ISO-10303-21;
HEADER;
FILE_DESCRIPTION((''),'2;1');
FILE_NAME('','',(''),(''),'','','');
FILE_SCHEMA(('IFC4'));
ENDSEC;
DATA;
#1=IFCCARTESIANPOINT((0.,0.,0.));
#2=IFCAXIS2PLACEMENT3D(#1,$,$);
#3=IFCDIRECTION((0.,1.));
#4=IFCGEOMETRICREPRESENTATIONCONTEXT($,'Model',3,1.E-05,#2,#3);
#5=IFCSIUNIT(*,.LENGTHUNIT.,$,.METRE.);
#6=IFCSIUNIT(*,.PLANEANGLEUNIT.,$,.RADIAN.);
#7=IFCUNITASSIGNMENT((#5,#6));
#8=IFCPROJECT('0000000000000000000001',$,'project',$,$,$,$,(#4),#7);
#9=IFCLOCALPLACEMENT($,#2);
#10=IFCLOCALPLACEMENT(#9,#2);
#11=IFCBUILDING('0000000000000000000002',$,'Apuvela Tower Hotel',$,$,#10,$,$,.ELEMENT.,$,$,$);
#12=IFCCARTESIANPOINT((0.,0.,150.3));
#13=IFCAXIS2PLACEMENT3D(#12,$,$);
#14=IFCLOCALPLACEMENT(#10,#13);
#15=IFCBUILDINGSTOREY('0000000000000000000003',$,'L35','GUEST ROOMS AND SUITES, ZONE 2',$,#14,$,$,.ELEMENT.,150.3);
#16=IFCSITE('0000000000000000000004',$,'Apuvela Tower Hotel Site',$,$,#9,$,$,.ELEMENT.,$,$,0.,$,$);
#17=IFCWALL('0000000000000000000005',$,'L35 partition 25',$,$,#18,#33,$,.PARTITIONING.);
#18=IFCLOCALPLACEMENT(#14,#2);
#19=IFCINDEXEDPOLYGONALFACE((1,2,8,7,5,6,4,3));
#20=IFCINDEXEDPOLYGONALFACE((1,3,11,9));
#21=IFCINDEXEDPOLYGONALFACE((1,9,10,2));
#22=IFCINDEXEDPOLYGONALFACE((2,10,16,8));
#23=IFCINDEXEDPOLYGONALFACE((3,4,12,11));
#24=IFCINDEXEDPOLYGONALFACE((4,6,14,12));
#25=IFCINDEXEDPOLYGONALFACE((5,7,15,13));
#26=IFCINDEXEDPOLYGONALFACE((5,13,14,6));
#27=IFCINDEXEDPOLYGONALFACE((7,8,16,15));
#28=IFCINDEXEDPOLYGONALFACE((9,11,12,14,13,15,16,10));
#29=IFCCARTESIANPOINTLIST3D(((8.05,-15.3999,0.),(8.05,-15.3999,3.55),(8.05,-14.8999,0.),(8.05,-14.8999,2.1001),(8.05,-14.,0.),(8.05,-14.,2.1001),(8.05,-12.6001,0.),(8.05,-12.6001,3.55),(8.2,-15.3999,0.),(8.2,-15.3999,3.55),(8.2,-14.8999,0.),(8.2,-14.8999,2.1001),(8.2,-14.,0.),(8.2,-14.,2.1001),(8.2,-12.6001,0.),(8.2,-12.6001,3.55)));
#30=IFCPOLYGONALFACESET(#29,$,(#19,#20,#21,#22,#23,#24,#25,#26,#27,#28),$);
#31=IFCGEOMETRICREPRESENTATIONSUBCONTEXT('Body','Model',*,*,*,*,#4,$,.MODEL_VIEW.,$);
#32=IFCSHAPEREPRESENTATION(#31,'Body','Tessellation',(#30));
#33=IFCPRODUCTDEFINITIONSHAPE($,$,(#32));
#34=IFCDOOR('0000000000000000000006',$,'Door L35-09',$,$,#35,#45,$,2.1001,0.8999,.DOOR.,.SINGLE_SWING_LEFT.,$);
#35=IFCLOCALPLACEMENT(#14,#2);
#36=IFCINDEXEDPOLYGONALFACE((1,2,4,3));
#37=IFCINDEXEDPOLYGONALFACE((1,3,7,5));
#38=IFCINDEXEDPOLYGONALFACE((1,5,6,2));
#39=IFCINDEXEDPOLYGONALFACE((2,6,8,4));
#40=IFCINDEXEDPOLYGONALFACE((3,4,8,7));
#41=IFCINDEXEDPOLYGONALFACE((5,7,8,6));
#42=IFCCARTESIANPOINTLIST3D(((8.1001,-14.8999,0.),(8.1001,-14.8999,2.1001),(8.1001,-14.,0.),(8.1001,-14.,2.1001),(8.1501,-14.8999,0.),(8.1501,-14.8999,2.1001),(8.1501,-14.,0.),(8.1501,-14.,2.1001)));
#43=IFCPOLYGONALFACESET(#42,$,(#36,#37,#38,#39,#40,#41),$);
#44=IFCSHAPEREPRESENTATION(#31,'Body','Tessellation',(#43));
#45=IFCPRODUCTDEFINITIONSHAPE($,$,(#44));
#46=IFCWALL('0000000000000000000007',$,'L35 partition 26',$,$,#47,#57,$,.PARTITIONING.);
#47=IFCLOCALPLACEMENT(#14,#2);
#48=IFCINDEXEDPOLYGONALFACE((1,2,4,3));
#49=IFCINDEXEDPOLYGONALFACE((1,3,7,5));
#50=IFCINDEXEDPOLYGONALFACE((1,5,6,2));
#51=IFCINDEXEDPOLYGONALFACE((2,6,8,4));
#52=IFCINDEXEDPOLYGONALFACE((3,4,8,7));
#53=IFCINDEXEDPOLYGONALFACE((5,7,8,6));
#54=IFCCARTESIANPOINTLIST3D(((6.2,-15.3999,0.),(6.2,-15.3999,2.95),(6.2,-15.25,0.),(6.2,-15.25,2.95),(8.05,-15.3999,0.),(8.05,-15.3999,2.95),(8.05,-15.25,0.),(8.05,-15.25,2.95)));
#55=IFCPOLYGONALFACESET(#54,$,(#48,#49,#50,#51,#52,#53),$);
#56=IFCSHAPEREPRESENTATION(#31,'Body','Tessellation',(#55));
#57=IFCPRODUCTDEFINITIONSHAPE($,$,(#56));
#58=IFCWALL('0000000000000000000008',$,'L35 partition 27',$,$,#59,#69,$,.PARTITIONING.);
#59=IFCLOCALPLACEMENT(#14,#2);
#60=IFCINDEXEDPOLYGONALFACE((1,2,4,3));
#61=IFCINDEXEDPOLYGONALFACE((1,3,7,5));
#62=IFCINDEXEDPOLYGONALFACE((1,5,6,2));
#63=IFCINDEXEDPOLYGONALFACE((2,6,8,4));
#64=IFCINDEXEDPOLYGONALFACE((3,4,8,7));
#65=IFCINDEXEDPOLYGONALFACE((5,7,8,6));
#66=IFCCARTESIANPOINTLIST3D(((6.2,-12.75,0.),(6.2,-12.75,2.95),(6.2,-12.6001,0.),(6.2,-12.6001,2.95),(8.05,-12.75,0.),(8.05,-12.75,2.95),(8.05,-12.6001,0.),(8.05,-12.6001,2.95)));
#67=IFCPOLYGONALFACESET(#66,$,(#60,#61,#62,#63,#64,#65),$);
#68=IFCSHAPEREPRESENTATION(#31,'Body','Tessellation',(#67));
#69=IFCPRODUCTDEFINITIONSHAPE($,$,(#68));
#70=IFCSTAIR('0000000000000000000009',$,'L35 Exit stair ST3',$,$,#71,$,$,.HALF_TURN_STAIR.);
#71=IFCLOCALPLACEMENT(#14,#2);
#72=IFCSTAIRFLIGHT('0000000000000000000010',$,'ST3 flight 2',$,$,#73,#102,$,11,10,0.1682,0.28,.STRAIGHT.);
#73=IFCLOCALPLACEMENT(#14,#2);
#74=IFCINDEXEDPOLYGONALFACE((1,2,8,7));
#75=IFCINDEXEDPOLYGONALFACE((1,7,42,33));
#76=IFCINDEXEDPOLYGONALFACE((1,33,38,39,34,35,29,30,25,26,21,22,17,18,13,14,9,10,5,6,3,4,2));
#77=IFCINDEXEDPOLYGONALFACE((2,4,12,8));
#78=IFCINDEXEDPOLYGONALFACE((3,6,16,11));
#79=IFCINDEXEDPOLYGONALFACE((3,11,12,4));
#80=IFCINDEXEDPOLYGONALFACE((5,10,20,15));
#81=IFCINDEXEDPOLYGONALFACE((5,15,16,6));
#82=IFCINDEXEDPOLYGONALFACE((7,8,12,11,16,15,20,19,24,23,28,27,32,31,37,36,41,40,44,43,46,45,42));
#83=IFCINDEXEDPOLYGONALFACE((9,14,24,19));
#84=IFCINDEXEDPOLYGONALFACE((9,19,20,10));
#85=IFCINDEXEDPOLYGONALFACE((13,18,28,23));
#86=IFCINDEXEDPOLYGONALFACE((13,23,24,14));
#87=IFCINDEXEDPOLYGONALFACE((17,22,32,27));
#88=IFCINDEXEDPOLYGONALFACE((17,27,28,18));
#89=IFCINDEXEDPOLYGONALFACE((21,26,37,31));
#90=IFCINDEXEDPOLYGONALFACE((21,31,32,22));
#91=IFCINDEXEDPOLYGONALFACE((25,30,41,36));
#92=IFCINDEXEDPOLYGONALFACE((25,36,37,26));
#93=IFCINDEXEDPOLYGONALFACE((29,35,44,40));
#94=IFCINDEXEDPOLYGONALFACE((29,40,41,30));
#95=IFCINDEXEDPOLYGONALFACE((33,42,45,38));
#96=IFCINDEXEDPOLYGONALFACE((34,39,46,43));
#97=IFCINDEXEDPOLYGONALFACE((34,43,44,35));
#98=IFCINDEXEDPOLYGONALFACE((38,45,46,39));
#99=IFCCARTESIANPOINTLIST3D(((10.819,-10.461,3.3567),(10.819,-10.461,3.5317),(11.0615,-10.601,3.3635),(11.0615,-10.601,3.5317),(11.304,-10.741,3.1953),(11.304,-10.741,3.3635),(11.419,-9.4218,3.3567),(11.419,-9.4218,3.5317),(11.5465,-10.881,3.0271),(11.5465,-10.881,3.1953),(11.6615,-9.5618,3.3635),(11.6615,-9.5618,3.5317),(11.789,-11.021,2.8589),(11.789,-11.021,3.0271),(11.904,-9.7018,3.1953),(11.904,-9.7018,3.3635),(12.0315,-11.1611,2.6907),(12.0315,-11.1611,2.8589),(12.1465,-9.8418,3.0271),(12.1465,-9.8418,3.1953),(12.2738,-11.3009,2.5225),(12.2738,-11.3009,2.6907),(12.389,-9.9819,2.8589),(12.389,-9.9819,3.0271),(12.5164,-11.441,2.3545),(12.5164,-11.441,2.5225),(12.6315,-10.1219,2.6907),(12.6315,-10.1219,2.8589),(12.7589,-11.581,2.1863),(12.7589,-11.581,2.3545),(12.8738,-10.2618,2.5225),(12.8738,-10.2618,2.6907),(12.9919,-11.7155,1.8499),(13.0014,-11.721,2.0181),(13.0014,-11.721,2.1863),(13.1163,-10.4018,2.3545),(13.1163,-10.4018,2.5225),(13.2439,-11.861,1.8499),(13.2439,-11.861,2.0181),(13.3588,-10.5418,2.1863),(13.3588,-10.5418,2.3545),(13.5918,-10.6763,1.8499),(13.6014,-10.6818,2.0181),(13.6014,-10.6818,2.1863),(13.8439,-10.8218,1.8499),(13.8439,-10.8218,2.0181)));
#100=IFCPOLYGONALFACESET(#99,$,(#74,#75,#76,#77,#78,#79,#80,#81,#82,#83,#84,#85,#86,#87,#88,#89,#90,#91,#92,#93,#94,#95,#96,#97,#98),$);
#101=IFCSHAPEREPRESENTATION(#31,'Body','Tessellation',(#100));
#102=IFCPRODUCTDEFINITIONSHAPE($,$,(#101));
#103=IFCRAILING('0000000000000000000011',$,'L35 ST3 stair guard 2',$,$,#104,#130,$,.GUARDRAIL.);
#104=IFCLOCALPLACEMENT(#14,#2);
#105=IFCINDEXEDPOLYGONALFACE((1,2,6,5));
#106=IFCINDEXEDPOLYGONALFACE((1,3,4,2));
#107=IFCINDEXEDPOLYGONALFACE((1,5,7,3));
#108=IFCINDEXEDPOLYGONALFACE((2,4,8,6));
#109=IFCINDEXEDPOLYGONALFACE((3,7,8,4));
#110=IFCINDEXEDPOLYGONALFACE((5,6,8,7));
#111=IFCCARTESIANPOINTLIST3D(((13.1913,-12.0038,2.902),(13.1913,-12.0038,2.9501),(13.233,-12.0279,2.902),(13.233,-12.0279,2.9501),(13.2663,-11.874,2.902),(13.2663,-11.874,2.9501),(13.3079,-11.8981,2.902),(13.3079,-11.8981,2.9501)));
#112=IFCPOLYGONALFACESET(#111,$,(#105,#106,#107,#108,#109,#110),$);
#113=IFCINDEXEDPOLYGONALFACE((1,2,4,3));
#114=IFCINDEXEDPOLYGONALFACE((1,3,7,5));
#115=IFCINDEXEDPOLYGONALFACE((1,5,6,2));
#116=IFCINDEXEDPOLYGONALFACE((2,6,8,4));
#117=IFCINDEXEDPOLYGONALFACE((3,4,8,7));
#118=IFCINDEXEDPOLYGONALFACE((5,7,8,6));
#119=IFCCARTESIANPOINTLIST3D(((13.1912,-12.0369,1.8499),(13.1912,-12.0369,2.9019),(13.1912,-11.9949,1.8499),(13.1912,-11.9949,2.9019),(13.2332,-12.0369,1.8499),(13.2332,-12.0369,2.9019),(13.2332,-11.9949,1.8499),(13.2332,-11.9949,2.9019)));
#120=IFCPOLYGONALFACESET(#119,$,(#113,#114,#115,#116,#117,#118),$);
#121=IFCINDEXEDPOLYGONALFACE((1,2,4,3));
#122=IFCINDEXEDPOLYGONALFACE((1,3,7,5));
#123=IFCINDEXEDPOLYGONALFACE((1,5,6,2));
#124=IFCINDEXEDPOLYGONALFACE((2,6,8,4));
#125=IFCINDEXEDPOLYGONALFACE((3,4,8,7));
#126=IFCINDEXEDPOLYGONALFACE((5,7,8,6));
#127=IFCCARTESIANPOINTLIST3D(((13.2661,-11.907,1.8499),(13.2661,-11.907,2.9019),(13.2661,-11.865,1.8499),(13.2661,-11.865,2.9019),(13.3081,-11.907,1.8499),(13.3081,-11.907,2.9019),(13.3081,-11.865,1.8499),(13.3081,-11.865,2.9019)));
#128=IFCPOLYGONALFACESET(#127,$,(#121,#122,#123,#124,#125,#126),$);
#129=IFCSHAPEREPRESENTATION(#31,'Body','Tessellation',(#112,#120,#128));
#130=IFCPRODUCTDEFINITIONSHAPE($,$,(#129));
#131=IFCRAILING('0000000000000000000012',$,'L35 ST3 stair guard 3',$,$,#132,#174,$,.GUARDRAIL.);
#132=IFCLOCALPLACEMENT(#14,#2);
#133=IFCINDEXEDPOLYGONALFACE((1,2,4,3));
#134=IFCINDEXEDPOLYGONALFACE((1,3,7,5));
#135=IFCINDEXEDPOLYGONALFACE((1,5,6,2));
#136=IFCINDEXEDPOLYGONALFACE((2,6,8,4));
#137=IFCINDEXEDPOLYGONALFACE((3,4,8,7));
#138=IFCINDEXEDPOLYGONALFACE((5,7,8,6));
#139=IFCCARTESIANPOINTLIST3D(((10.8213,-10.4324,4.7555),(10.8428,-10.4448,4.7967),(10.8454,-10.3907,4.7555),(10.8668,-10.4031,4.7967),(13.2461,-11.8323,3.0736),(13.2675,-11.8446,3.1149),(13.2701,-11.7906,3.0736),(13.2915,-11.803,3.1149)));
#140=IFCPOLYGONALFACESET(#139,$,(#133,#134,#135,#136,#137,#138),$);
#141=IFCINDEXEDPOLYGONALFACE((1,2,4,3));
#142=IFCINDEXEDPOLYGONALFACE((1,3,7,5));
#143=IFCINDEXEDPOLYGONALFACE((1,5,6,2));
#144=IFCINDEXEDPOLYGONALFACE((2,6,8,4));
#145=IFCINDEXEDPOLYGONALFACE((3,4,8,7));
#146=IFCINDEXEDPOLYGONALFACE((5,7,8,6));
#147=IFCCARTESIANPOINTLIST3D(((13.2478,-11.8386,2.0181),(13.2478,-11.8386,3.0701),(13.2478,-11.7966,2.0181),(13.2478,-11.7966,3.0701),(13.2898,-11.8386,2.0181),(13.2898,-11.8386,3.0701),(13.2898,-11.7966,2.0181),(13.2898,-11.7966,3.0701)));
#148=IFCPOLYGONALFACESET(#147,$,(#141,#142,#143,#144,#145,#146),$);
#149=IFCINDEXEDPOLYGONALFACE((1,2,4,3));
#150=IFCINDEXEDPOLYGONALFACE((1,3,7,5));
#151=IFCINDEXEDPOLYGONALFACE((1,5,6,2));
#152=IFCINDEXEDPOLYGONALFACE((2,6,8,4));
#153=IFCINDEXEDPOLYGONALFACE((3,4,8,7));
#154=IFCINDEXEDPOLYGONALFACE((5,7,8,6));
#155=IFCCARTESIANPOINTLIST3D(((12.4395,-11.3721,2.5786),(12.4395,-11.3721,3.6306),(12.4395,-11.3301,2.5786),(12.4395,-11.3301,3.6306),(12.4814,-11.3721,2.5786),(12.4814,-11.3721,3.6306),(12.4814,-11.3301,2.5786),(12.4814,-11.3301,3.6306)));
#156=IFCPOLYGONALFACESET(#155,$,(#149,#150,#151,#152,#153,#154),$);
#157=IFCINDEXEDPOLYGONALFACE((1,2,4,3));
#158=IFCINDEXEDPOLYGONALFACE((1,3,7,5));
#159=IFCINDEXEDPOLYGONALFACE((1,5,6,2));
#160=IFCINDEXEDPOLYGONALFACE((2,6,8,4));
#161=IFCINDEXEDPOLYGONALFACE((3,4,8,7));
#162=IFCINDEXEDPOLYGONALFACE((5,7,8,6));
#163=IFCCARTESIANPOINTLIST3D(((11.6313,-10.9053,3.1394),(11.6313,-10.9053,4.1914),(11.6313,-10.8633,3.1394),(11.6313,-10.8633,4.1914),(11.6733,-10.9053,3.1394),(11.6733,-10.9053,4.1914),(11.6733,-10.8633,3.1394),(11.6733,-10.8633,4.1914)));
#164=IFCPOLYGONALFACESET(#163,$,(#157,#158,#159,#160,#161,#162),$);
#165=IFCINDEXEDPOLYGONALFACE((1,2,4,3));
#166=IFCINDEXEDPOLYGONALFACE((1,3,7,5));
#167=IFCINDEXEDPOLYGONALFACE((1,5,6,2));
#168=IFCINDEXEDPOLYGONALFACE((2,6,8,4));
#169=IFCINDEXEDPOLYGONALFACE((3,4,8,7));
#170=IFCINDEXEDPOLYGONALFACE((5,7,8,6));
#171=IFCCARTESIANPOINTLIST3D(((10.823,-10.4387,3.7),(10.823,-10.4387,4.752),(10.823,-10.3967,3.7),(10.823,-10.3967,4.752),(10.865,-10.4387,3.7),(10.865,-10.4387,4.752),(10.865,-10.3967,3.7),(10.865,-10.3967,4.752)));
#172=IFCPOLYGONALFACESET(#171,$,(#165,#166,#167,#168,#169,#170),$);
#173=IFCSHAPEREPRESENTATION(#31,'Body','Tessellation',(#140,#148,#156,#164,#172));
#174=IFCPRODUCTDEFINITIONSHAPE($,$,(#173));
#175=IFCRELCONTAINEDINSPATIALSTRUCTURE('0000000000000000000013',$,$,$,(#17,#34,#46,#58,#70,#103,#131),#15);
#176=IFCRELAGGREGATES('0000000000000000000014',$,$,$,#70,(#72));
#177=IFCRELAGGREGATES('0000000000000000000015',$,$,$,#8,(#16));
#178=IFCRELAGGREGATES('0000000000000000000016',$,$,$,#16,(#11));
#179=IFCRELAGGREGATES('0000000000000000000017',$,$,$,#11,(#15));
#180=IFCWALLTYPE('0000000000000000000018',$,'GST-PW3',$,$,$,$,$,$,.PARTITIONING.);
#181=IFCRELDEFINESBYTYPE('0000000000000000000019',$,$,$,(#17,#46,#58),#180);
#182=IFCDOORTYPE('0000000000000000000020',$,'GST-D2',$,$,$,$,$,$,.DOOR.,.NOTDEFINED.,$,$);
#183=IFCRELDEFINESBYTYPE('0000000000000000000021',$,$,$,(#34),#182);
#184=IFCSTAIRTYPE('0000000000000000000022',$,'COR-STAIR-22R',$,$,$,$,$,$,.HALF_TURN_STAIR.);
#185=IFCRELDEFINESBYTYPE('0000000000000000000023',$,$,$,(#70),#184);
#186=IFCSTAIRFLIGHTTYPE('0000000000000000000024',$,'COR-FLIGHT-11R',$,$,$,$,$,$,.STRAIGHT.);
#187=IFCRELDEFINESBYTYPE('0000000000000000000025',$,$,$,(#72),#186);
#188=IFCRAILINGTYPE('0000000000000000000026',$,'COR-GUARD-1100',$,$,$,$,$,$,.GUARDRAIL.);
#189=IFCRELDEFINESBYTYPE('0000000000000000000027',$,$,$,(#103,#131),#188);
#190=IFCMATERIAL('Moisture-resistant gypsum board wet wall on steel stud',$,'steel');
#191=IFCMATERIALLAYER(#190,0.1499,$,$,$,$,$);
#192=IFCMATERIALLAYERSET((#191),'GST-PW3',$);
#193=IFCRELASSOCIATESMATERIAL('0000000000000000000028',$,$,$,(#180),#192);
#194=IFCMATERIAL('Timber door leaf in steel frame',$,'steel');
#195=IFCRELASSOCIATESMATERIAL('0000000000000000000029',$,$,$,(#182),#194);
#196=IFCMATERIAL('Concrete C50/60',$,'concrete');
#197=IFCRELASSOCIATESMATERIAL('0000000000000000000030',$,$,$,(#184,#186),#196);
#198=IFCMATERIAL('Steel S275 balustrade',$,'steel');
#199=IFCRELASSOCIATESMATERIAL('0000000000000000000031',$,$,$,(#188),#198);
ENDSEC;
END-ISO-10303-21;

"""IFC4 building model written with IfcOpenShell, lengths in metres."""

from ifc_helpers import new_model, si_unit, direction, frame, frame_2d, origin, origin_2d, place, context, subcontext, project, spatial, polyline, rectangle, outline, extrude, material, layer, layer_set, type_object, element, fill, aggregate, save


model = new_model("IFC4")

# Units and contexts
model_context = context("Model", 3, precision=1e-05, world=origin(), true_north=direction((0.0, 1.0)))
body_context = subcontext(model_context, "Body", "Model", "MODEL_VIEW")
ifc_project = project(units=[si_unit("LENGTHUNIT", "METRE"), si_unit("PLANEANGLEUNIT", "RADIAN")], contexts=[model_context])

# Site, building, storey
site_placement = place(None, origin())
site = spatial("IfcSite", under=ifc_project, at=site_placement, Name="Apuvela Tower Hotel Site", CompositionType="ELEMENT", RefElevation=0.0)
building_placement = place(site_placement, origin())
building = spatial("IfcBuilding", under=site, at=building_placement, Name="Apuvela Tower Hotel", CompositionType="ELEMENT")
storey_placement = place(building_placement, frame((0.0, 0.0, 150.3)))
storey = spatial("IfcBuildingStorey", under=building, at=storey_placement, Name="L35", Description="GUEST ROOMS AND SUITES, ZONE 2", CompositionType="ELEMENT", Elevation=150.3)

# Wall, opening, door
ifc_material_1 = material(Name="Moisture-resistant gypsum board wet wall on steel stud", Category="steel")
ifc_layer_1 = layer(ifc_material_1, 0.1499)
ifc_layer_set_1 = layer_set([ifc_layer_1], Name="GST-PW3")
wall_type_1 = type_object("IfcWallType", Name="GST-PW3", PredefinedType="PARTITIONING", material=ifc_layer_set_1)
wall_1_placement = place(storey_placement, frame((8.125, -15.3999, 0.0), z_axis=(0.0, 0.0, 1.0), x_axis=(0.0, 1.0, 0.0)))
wall_1 = element("IfcWall", 1, at=wall_1_placement, inside=storey, type_object=wall_type_1, Name="L35 partition 25", PredefinedType="PARTITIONING", context=body_context, shape_type="SweptSolid", body=[
    extrude(rectangle(XDim=2.7998, YDim=0.1499, at=frame_2d((1.3999, 0.0))), origin(), (0.0, 0.0, 1.0), 3.55),
])
opening_1_placement = place(wall_1_placement, frame((0.5, 0.0, 0.0)))
opening_1 = element("IfcOpeningElement", 2, at=opening_1_placement, cuts=wall_1, PredefinedType="OPENING", context=body_context, shape_type="SweptSolid", body=[
    extrude(rectangle(XDim=0.8999, YDim=2.1001, at=frame_2d((0.45, 1.05))), frame((0.0, 0.085, 0.0), z_axis=(0.0, -1.0, 0.0), x_axis=(1.0, 0.0, 0.0)), (0.0, 0.0, 1.0), 0.1699),
])
ifc_material_2 = material(Name="Timber door leaf in steel frame", Category="steel")
door_type_1 = type_object("IfcDoorType", Name="GST-D2", OperationType="NOTDEFINED", PredefinedType="DOOR", material=ifc_material_2)
door_1_placement = place(opening_1_placement, origin())
door_1 = element("IfcDoor", 3, at=door_1_placement, inside=storey, type_object=door_type_1, Name="Door L35-09", OperationType="SINGLE_SWING_LEFT", OverallHeight=2.1001, OverallWidth=0.8999, PredefinedType="DOOR", context=body_context, shape_type="SweptSolid", body=[
    extrude(rectangle(XDim=0.8999, YDim=2.1001, at=frame_2d((0.45, 1.05))), frame((0.0, 0.0249, 0.0), z_axis=(0.0, -1.0, 0.0), x_axis=(1.0, 0.0, 0.0)), (0.0, 0.0, 1.0), 0.05),
])
fill(opening_1, door_1)

# Walls
for number, where, z_axis, x_axis, name in (
    (4, (6.2, -15.325, 0.0), (0.0, 0.0, 1.0), (1.0, 0.0, 0.0), "L35 partition 26"),
    (5, (6.2, -12.675, 0.0), (0.0, 0.0, 1.0), (1.0, 0.0, 0.0), "L35 partition 27"),
):
    element("IfcWall", number, at=place(storey_placement, frame(where, z_axis=z_axis, x_axis=x_axis)), inside=storey, type_object=wall_type_1, Name=name, PredefinedType="PARTITIONING", context=body_context, shape_type="SweptSolid", body=[
        extrude(rectangle(XDim=1.8501, YDim=0.1499, at=frame_2d((0.925, 0.0))), origin(), (0.0, 0.0, 1.0), 2.95),
    ])

# Stair, stair flight
ifc_material_3 = material(Name="Concrete C50/60", Category="concrete")
stair_type = type_object("IfcStairType", Name="COR-STAIR-22R", PredefinedType="HALF_TURN_STAIR", material=ifc_material_3)
stair_placement = place(storey_placement, origin())
stair = element("IfcStair", 6, at=stair_placement, inside=storey, type_object=stair_type, Name="L35 Exit stair ST3", PredefinedType="HALF_TURN_STAIR")
stair_flight_type = type_object("IfcStairFlightType", Name="COR-FLIGHT-11R", PredefinedType="STRAIGHT", material=ifc_material_3)
stair_flight_placement = place(storey_placement, frame((13.5439, -11.3413, 1.8499), z_axis=(0.0, 0.0, 1.0), x_axis=(-0.866025, 0.5, 0.0)))
stair_flight = element("IfcStairFlight", 7, at=stair_flight_placement, type_object=stair_flight_type, Name="ST3 flight 2", NumberOfRisers=11, NumberOfTreads=10, PredefinedType="STRAIGHT", RiserHeight=0.1682, TreadLength=0.28, context=body_context, shape_type="SweptSolid", body=[
    extrude(outline(polyline([(0.0, 0.0), (0.0, 0.1682), (0.28, 0.1682), (0.28, 0.3364), (0.5601, 0.3364), (0.5601, 0.5046), (0.8401, 0.5046), (0.8401, 0.6726), (1.1201, 0.6726), (1.1201, 0.8408), (1.3999, 0.8408), (1.3999, 1.009), (1.6799, 1.009), (1.6799, 1.1772), (1.96, 1.1772), (1.96, 1.3455), (2.24, 1.3455), (2.24, 1.5137), (2.52, 1.5137), (2.52, 1.6819), (2.8, 1.6819), (2.8, 1.8501), (2.8, 1.5068), (0.291, 0.0), (0.0, 0.0)])), frame((0.0, 0.6001, 0.0), z_axis=(0.0, -1.0, 0.0), x_axis=(1.0, 0.0, 0.0)), (0.0, 0.0, 1.0), 1.2),
])
aggregate(stair, [stair_flight])

# Railings
ifc_material_4 = material(Name="Steel S275 balustrade", Category="steel")
railing_type_1 = type_object("IfcRailingType", Name="COR-GUARD-1100", PredefinedType="GUARDRAIL", material=ifc_material_4)
railing_1_placement = place(storey_placement, frame((13.2122, -12.0159, 1.8499)))
element("IfcRailing", 8, at=railing_1_placement, inside=storey, type_object=railing_type_1, Name="L35 ST3 stair guard 2", PredefinedType="GUARDRAIL", context=body_context, shape_type="SweptSolid", body=[
    extrude(rectangle(XDim=0.0481, YDim=0.0481, at=origin_2d()), frame((0.0, 0.0, 1.0762), z_axis=(0.499816, 0.866131, 0.0), x_axis=(-0.866131, 0.499816, 0.0)), (0.0, 0.0, 1.0), 0.1499),
    extrude(rectangle(XDim=0.042, YDim=0.042, at=origin_2d()), origin(), (0.0, 0.0, 1.0), 1.052),
    extrude(rectangle(XDim=0.042, YDim=0.042, at=origin_2d()), frame((0.075, 0.1299, 0.0)), (0.0, 0.0, 1.0), 1.052),
])
railing_2_placement = place(storey_placement, frame((13.2688, -11.8176, 2.0181)))
element("IfcRailing", 9, at=railing_2_placement, inside=storey, type_object=railing_type_1, Name="L35 ST3 stair guard 3", PredefinedType="GUARDRAIL", context=body_context, shape_type="SweptSolid", body=[
    extrude(rectangle(XDim=0.0481, YDim=0.0481, at=origin_2d()), frame((0.0, 0.0, 1.0762), z_axis=(-0.74239, 0.428601, 0.514934), x_axis=(-0.499984, -0.866035, 0.0)), (0.0, 0.0, 1.0), 3.2661),
    extrude(rectangle(XDim=0.042, YDim=0.042, at=origin_2d()), origin(), (0.0, 0.0, 1.0), 1.052),
    extrude(rectangle(XDim=0.042, YDim=0.042, at=origin_2d()), frame((-0.8083, 0.4666, 0.5605)), (0.0, 0.0, 1.0), 1.052),
    extrude(rectangle(XDim=0.042, YDim=0.042, at=origin_2d()), frame((-1.6165, 0.9333, 1.1213)), (0.0, 0.0, 1.0), 1.052),
    extrude(rectangle(XDim=0.042, YDim=0.042, at=origin_2d()), frame((-2.4248, 1.3999, 1.6819)), (0.0, 0.0, 1.0), 1.052),
])

save(model, "model.ifc")
